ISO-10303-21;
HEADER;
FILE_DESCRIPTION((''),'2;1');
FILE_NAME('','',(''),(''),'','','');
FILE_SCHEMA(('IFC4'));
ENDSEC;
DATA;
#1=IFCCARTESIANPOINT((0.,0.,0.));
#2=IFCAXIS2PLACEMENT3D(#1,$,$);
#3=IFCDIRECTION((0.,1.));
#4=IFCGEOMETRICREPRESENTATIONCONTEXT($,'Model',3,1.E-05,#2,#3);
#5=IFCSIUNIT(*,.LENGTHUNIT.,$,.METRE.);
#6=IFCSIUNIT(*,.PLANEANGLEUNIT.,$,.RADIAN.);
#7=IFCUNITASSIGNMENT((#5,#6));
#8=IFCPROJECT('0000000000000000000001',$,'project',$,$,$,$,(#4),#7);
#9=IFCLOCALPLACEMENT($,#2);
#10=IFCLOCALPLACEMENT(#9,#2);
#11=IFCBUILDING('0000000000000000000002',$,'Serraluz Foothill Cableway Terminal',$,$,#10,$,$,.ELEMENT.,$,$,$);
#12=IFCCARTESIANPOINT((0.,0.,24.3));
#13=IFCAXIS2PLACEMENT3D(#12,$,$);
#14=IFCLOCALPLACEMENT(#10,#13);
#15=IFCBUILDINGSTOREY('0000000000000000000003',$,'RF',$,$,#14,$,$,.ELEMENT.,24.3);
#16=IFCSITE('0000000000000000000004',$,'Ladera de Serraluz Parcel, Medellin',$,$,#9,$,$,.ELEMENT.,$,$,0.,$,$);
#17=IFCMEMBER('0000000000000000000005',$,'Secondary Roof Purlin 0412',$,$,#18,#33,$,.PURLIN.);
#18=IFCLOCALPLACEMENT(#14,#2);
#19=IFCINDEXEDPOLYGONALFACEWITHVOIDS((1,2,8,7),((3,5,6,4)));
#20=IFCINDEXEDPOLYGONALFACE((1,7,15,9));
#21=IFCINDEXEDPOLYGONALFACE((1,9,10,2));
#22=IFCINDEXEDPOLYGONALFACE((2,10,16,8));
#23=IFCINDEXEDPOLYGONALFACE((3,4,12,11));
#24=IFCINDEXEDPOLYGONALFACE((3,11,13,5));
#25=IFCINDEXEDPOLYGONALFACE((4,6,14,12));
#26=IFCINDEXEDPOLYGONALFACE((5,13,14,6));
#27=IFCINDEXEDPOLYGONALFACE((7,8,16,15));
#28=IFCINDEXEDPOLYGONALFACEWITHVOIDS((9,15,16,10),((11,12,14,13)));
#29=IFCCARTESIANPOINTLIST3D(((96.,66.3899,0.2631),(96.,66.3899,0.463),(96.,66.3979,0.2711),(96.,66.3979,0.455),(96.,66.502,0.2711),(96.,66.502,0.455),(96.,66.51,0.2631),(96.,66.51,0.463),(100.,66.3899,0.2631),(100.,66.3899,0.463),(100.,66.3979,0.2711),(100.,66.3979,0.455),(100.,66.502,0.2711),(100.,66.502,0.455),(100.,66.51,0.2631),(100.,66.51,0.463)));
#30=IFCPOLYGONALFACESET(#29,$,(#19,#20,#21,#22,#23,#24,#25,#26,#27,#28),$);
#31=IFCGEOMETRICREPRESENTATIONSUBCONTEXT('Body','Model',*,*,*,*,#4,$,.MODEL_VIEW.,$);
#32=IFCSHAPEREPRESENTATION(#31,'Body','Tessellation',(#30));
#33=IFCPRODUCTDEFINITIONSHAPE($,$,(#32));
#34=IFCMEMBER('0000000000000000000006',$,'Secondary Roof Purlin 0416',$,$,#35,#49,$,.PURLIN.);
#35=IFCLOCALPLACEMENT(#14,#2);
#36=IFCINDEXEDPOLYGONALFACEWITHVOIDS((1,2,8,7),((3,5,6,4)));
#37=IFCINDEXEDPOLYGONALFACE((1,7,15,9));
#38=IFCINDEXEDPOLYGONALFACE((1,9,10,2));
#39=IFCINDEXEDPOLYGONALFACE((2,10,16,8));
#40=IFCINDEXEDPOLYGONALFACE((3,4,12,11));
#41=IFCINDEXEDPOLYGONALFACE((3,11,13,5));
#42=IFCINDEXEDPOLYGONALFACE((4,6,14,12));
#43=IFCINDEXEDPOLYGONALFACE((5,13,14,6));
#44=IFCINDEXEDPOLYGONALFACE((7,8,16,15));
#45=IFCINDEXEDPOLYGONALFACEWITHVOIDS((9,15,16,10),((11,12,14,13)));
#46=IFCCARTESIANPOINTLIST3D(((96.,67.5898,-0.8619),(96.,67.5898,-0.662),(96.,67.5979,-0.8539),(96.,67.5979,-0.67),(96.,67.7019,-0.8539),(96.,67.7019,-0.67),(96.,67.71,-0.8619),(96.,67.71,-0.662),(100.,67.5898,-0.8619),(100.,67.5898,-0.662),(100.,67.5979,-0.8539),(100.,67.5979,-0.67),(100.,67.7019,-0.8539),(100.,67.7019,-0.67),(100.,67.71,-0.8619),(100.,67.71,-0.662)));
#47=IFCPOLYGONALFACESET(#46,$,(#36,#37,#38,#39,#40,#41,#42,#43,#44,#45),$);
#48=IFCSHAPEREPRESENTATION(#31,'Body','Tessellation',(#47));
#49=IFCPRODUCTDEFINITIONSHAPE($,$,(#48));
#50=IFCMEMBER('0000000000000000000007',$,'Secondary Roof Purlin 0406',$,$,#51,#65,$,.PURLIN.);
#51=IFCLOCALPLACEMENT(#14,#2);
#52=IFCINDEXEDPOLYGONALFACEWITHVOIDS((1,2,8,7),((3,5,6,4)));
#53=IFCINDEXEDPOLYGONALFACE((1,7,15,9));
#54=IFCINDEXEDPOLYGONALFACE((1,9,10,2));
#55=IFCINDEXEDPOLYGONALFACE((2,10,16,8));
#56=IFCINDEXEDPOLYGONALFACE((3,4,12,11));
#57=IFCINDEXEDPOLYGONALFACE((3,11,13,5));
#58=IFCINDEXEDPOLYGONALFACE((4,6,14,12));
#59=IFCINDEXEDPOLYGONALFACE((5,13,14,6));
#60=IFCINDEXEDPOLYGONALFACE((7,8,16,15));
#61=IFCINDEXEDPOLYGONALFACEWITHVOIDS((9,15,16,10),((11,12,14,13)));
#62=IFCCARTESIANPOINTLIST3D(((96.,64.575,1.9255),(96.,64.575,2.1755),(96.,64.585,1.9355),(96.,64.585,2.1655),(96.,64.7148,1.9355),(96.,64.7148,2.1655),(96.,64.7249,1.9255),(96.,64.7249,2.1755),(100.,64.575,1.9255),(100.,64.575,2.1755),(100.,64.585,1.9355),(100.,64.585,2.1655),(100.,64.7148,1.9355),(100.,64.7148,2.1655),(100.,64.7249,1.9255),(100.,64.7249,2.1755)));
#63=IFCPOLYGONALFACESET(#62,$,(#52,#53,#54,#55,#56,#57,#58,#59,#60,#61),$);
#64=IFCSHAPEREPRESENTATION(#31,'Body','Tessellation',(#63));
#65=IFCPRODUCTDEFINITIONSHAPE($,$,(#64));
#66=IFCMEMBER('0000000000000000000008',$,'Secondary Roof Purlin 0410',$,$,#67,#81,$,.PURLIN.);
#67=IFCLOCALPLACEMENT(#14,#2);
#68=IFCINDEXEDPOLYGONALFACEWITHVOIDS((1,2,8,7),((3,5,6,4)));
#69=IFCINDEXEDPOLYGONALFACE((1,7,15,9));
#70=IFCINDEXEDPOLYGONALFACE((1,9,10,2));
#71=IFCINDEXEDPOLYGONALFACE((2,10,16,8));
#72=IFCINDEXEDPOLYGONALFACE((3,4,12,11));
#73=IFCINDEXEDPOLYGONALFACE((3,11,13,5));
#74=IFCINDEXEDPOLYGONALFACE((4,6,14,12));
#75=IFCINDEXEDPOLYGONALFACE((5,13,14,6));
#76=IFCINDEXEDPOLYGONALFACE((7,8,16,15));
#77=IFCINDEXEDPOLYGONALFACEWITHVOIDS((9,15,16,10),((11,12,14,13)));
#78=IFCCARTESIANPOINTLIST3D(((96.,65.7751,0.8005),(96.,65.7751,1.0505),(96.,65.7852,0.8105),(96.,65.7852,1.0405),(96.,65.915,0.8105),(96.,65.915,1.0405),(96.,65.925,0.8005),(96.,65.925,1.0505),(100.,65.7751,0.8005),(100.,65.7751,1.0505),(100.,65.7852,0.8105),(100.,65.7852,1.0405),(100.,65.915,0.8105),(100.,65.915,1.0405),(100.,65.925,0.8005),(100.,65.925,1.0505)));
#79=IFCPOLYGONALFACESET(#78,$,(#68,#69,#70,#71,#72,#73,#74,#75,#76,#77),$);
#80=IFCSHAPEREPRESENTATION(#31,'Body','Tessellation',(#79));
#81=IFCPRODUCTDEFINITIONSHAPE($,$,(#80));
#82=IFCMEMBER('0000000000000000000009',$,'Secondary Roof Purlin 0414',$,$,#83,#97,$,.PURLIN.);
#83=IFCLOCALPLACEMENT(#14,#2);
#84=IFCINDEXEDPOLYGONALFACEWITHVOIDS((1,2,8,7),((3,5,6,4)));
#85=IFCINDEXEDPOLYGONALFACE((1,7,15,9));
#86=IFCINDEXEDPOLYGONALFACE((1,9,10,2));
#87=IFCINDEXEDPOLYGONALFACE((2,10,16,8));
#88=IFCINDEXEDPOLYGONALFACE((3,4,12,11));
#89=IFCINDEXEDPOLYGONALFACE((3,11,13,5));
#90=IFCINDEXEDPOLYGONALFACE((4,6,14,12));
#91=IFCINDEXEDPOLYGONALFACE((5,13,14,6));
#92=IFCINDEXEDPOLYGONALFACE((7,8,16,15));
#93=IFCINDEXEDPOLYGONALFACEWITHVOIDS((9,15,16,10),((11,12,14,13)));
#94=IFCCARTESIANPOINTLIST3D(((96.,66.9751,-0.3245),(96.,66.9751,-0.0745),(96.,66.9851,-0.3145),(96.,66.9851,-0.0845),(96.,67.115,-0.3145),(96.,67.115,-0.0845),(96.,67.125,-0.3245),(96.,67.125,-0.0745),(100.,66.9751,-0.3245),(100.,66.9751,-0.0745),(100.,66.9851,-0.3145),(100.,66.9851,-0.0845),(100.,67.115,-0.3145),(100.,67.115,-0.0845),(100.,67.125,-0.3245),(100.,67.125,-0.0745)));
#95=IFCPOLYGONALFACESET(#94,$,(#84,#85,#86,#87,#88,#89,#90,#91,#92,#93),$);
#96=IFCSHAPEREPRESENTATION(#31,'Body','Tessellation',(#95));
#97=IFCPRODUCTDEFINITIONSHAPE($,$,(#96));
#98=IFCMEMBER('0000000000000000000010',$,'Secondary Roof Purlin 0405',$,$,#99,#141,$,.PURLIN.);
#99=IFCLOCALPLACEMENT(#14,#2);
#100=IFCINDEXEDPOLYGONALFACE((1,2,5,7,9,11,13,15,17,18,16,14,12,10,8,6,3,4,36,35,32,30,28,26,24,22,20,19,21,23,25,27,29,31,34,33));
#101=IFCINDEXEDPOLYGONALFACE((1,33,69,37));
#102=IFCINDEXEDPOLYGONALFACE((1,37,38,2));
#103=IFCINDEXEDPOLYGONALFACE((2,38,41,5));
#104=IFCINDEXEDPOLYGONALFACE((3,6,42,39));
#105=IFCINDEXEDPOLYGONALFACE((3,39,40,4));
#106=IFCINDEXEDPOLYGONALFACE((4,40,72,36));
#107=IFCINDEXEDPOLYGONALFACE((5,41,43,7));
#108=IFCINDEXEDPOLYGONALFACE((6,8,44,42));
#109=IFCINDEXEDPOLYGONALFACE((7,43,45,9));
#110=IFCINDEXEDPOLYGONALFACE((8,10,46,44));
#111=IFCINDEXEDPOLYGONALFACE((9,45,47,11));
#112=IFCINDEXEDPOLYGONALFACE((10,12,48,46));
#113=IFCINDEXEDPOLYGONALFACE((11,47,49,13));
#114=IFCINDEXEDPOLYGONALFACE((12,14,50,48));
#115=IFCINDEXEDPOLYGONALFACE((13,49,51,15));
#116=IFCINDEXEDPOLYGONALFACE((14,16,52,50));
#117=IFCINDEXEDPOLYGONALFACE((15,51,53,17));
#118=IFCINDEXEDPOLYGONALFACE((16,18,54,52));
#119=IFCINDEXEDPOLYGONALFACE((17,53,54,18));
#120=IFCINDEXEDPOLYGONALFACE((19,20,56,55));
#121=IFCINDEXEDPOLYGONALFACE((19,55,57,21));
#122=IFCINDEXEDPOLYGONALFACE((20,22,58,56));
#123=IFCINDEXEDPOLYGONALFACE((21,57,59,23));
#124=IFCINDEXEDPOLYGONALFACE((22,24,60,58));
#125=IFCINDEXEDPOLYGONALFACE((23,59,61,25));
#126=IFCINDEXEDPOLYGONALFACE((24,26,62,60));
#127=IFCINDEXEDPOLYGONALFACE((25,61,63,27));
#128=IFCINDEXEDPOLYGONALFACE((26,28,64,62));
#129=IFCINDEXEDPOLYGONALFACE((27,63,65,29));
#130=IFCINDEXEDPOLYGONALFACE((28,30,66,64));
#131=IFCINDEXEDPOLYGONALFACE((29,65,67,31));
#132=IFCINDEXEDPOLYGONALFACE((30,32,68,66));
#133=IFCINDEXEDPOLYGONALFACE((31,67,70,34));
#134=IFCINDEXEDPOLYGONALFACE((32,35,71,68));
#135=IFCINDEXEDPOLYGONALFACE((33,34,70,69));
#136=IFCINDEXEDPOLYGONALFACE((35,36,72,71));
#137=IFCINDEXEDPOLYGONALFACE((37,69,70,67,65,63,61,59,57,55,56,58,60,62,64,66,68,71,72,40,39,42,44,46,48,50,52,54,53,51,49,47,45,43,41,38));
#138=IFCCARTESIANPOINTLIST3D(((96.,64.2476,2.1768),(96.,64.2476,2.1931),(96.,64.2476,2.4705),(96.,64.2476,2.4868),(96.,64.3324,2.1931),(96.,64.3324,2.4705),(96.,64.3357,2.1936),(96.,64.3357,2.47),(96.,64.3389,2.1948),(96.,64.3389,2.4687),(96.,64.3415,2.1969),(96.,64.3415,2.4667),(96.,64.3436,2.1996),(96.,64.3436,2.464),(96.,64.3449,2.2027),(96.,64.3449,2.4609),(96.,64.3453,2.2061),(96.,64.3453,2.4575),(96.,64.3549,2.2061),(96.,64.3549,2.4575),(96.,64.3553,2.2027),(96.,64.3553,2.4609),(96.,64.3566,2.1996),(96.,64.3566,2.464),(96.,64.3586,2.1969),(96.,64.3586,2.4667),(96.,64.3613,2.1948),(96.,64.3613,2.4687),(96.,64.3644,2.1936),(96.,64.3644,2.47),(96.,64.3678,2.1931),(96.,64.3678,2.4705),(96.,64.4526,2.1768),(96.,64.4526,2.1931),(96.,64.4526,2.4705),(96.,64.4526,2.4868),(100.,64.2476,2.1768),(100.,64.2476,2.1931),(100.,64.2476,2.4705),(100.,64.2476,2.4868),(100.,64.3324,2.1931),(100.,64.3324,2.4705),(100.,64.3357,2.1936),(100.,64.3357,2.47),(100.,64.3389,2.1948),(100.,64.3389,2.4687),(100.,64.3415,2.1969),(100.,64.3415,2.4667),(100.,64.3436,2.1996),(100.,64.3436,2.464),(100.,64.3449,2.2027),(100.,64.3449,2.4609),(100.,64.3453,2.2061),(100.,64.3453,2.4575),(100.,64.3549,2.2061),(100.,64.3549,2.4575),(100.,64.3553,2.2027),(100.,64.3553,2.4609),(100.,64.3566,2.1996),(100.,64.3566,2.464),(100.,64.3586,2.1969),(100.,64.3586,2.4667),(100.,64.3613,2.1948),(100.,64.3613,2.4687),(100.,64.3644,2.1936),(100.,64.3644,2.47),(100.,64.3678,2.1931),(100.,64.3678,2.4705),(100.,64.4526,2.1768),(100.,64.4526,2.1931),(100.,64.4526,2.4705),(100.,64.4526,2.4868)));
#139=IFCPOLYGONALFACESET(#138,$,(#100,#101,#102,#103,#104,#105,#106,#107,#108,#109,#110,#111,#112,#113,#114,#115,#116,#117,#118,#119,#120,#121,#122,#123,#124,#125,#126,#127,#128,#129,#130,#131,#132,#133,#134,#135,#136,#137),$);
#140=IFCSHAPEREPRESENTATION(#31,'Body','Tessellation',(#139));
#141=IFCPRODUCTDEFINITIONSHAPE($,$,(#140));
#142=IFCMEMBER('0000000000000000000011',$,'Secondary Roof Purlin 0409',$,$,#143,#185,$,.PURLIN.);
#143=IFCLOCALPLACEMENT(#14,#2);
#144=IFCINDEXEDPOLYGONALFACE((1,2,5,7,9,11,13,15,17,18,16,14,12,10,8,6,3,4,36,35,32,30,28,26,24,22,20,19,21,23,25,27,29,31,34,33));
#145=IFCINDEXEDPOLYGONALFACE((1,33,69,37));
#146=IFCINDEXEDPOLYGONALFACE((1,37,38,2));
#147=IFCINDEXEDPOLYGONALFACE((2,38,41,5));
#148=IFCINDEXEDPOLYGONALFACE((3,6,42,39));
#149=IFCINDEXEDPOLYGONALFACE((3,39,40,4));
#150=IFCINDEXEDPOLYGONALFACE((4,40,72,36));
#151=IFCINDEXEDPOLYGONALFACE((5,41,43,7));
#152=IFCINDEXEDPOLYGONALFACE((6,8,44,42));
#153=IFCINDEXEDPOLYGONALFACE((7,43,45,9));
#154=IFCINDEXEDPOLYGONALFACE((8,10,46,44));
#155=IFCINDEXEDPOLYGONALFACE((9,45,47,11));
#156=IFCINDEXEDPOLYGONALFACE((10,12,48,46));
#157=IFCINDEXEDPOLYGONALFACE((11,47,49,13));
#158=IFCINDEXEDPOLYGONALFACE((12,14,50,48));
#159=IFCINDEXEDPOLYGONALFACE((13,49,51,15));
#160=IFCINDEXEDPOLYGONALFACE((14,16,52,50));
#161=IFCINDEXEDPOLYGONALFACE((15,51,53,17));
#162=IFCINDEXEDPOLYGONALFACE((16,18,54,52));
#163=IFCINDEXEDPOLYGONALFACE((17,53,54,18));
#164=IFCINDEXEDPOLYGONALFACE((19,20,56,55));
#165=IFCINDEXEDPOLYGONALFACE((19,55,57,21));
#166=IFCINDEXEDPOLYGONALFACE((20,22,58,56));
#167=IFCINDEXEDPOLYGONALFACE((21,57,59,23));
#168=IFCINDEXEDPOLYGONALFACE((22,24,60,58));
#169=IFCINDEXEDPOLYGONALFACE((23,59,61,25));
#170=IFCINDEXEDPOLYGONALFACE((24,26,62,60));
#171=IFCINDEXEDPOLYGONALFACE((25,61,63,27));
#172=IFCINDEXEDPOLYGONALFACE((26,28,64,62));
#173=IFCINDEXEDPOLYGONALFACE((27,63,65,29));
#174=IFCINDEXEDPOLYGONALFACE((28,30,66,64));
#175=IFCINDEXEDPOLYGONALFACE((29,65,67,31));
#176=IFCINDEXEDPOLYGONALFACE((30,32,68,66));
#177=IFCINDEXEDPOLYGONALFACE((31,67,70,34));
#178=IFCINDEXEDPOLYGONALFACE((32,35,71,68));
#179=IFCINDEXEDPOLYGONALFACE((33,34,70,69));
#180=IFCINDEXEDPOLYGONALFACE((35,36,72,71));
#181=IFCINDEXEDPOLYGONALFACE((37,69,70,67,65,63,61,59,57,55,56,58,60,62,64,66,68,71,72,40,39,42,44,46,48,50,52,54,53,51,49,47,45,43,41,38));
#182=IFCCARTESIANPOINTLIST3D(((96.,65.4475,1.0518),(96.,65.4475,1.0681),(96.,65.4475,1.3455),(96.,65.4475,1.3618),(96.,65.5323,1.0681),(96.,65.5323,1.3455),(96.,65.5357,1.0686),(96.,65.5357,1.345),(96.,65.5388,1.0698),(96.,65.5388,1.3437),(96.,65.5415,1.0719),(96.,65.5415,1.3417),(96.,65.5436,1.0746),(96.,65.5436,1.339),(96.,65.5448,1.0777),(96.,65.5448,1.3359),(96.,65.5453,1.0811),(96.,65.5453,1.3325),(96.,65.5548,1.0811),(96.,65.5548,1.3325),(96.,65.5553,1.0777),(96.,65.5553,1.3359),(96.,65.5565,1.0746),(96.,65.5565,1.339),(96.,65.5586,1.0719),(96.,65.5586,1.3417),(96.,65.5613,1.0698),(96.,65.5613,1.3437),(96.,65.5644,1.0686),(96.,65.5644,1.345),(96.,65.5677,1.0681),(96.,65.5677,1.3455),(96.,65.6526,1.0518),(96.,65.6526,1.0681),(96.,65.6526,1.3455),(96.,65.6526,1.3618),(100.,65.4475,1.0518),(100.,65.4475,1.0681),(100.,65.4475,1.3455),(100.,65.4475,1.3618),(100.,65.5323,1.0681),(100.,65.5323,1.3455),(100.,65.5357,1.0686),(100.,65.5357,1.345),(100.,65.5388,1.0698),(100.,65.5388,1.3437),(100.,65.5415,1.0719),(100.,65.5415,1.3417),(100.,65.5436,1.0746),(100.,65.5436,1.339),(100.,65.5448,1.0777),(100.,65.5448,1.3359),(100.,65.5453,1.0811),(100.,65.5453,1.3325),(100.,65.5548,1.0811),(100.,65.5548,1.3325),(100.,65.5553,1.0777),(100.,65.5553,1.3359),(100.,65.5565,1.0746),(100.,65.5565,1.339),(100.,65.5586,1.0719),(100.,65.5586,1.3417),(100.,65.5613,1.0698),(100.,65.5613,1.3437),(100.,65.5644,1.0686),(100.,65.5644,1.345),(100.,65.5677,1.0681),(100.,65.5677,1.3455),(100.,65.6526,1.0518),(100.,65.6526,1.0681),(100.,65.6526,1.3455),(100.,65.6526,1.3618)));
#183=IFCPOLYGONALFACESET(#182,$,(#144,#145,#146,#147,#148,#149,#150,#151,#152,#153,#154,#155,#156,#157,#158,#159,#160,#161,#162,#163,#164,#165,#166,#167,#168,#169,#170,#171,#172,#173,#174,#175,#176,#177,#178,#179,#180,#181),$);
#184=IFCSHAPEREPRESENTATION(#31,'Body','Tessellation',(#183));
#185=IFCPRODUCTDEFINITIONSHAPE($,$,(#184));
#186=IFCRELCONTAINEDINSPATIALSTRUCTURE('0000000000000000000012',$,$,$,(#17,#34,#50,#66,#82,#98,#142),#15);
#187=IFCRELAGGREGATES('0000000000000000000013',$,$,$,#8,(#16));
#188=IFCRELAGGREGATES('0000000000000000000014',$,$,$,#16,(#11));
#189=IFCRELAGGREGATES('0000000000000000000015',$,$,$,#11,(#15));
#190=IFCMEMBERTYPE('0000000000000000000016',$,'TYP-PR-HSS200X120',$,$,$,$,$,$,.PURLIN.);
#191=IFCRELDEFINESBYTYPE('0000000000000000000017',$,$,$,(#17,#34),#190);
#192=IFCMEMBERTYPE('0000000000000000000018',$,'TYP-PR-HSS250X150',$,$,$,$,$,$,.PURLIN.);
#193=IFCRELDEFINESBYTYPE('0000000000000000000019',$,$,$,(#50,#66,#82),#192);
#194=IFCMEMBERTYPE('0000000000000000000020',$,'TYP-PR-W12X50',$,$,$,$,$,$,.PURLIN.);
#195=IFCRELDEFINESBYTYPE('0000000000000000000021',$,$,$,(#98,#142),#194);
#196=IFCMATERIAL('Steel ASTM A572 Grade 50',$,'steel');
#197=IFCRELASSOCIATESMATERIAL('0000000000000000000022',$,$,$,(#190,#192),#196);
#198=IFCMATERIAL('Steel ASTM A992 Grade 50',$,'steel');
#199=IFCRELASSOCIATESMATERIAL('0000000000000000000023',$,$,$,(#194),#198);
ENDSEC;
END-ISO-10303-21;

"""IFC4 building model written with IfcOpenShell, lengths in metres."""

from ifc_helpers import new_model, si_unit, direction, frame, origin, origin_2d, place, context, subcontext, project, spatial, hollow_rectangle, i_section, extrude, material, material_profile, profile_set, type_object, element, save


model = new_model("IFC4")

# Units and contexts
model_context = context("Model", 3, precision=1e-05, world=origin(), true_north=direction((0.0, 1.0)))
body_context = subcontext(model_context, "Body", "Model", "MODEL_VIEW")
ifc_project = project(units=[si_unit("LENGTHUNIT", "METRE"), si_unit("PLANEANGLEUNIT", "RADIAN")], contexts=[model_context])

# Site, building, storey
site_placement = place(None, origin())
site = spatial("IfcSite", under=ifc_project, at=site_placement, Name="Ladera de Serraluz Parcel, Medellin", CompositionType="ELEMENT", RefElevation=0.0)
building_placement = place(site_placement, origin())
building = spatial("IfcBuilding", under=site, at=building_placement, Name="Serraluz Foothill Cableway Terminal", CompositionType="ELEMENT")
storey_placement = place(building_placement, frame((0.0, 0.0, 24.3)))
storey = spatial("IfcBuildingStorey", under=building, at=storey_placement, Name="RF", CompositionType="ELEMENT", Elevation=24.3)

# Members
ifc_material_1 = material(Name="Steel ASTM A572 Grade 50", Category="steel")
ifc_material_profile_1 = material_profile(ifc_material_1, hollow_rectangle(XDim=0.1201, YDim=0.2, WallThickness=0.0081, at=origin_2d()), Name="HSS200X120X8")
ifc_profile_set_1 = profile_set([ifc_material_profile_1], Name="Steel ASTM A572 Grade 50")
member_type_1 = type_object("IfcMemberType", Name="TYP-PR-HSS200X120", PredefinedType="PURLIN", material=ifc_profile_set_1)
for number, where, z_axis, x_axis, name in (
    (1, (96.0, 66.45, 0.363), (1.0, 0.0, 0.0), (0.0, 1.0, 0.0), "Secondary Roof Purlin 0412"),
    (2, (96.0, 67.6499, -0.762), (1.0, 0.0, 0.0), (0.0, 1.0, 0.0), "Secondary Roof Purlin 0416"),
):
    element("IfcMember", number, at=place(storey_placement, frame(where, z_axis=z_axis, x_axis=x_axis)), inside=storey, type_object=member_type_1, Name=name, PredefinedType="PURLIN", context=body_context, shape_type="SweptSolid", body=[
        extrude(hollow_rectangle(XDim=0.1201, YDim=0.2, WallThickness=0.0081, at=origin_2d()), origin(), (0.0, 0.0, 1.0), 4.0),
    ])
ifc_material_profile_2 = material_profile(ifc_material_1, hollow_rectangle(XDim=0.1499, YDim=0.25, WallThickness=0.01, at=origin_2d()), Name="HSS250X150X10")
ifc_profile_set_2 = profile_set([ifc_material_profile_2], Name="Steel ASTM A572 Grade 50")
member_type_2 = type_object("IfcMemberType", Name="TYP-PR-HSS250X150", PredefinedType="PURLIN", material=ifc_profile_set_2)
for number, where, z_axis, x_axis, name in (
    (3, (96.0, 64.6499, 2.0505), (1.0, 0.0, 0.0), (0.0, 1.0, 0.0), "Secondary Roof Purlin 0406"),
    (4, (96.0, 65.8501, 0.9255), (1.0, 0.0, 0.0), (0.0, 1.0, 0.0), "Secondary Roof Purlin 0410"),
    (5, (96.0, 67.05, -0.1995), (1.0, 0.0, 0.0), (0.0, 1.0, 0.0), "Secondary Roof Purlin 0414"),
):
    element("IfcMember", number, at=place(storey_placement, frame(where, z_axis=z_axis, x_axis=x_axis)), inside=storey, type_object=member_type_2, Name=name, PredefinedType="PURLIN", context=body_context, shape_type="SweptSolid", body=[
        extrude(hollow_rectangle(XDim=0.1499, YDim=0.25, WallThickness=0.01, at=origin_2d()), origin(), (0.0, 0.0, 1.0), 4.0),
    ])
ifc_material_2 = material(Name="Steel ASTM A992 Grade 50", Category="steel")
ifc_material_profile_3 = material_profile(ifc_material_2, i_section(OverallWidth=0.2051, OverallDepth=0.3101, WebThickness=0.0095, FlangeThickness=0.0164, FilletRadius=0.0129, at=origin_2d()), Name="W12X50")
ifc_profile_set_3 = profile_set([ifc_material_profile_3], Name="Steel ASTM A992 Grade 50")
member_type_3 = type_object("IfcMemberType", Name="TYP-PR-W12X50", PredefinedType="PURLIN", material=ifc_profile_set_3)
for number, where, z_axis, x_axis, name in (
    (6, (96.0, 64.3501, 2.3318), (1.0, 0.0, 0.0), (0.0, 1.0, 0.0), "Secondary Roof Purlin 0405"),
    (7, (96.0, 65.55, 1.2068), (1.0, 0.0, 0.0), (0.0, 1.0, 0.0), "Secondary Roof Purlin 0409"),
):
    element("IfcMember", number, at=place(storey_placement, frame(where, z_axis=z_axis, x_axis=x_axis)), inside=storey, type_object=member_type_3, Name=name, PredefinedType="PURLIN", context=body_context, shape_type="SweptSolid", body=[
        extrude(i_section(OverallWidth=0.2051, OverallDepth=0.3101, WebThickness=0.0095, FlangeThickness=0.0164, FilletRadius=0.0129, at=origin_2d()), origin(), (0.0, 0.0, 1.0), 4.0),
    ])

save(model, "model.ifc")
